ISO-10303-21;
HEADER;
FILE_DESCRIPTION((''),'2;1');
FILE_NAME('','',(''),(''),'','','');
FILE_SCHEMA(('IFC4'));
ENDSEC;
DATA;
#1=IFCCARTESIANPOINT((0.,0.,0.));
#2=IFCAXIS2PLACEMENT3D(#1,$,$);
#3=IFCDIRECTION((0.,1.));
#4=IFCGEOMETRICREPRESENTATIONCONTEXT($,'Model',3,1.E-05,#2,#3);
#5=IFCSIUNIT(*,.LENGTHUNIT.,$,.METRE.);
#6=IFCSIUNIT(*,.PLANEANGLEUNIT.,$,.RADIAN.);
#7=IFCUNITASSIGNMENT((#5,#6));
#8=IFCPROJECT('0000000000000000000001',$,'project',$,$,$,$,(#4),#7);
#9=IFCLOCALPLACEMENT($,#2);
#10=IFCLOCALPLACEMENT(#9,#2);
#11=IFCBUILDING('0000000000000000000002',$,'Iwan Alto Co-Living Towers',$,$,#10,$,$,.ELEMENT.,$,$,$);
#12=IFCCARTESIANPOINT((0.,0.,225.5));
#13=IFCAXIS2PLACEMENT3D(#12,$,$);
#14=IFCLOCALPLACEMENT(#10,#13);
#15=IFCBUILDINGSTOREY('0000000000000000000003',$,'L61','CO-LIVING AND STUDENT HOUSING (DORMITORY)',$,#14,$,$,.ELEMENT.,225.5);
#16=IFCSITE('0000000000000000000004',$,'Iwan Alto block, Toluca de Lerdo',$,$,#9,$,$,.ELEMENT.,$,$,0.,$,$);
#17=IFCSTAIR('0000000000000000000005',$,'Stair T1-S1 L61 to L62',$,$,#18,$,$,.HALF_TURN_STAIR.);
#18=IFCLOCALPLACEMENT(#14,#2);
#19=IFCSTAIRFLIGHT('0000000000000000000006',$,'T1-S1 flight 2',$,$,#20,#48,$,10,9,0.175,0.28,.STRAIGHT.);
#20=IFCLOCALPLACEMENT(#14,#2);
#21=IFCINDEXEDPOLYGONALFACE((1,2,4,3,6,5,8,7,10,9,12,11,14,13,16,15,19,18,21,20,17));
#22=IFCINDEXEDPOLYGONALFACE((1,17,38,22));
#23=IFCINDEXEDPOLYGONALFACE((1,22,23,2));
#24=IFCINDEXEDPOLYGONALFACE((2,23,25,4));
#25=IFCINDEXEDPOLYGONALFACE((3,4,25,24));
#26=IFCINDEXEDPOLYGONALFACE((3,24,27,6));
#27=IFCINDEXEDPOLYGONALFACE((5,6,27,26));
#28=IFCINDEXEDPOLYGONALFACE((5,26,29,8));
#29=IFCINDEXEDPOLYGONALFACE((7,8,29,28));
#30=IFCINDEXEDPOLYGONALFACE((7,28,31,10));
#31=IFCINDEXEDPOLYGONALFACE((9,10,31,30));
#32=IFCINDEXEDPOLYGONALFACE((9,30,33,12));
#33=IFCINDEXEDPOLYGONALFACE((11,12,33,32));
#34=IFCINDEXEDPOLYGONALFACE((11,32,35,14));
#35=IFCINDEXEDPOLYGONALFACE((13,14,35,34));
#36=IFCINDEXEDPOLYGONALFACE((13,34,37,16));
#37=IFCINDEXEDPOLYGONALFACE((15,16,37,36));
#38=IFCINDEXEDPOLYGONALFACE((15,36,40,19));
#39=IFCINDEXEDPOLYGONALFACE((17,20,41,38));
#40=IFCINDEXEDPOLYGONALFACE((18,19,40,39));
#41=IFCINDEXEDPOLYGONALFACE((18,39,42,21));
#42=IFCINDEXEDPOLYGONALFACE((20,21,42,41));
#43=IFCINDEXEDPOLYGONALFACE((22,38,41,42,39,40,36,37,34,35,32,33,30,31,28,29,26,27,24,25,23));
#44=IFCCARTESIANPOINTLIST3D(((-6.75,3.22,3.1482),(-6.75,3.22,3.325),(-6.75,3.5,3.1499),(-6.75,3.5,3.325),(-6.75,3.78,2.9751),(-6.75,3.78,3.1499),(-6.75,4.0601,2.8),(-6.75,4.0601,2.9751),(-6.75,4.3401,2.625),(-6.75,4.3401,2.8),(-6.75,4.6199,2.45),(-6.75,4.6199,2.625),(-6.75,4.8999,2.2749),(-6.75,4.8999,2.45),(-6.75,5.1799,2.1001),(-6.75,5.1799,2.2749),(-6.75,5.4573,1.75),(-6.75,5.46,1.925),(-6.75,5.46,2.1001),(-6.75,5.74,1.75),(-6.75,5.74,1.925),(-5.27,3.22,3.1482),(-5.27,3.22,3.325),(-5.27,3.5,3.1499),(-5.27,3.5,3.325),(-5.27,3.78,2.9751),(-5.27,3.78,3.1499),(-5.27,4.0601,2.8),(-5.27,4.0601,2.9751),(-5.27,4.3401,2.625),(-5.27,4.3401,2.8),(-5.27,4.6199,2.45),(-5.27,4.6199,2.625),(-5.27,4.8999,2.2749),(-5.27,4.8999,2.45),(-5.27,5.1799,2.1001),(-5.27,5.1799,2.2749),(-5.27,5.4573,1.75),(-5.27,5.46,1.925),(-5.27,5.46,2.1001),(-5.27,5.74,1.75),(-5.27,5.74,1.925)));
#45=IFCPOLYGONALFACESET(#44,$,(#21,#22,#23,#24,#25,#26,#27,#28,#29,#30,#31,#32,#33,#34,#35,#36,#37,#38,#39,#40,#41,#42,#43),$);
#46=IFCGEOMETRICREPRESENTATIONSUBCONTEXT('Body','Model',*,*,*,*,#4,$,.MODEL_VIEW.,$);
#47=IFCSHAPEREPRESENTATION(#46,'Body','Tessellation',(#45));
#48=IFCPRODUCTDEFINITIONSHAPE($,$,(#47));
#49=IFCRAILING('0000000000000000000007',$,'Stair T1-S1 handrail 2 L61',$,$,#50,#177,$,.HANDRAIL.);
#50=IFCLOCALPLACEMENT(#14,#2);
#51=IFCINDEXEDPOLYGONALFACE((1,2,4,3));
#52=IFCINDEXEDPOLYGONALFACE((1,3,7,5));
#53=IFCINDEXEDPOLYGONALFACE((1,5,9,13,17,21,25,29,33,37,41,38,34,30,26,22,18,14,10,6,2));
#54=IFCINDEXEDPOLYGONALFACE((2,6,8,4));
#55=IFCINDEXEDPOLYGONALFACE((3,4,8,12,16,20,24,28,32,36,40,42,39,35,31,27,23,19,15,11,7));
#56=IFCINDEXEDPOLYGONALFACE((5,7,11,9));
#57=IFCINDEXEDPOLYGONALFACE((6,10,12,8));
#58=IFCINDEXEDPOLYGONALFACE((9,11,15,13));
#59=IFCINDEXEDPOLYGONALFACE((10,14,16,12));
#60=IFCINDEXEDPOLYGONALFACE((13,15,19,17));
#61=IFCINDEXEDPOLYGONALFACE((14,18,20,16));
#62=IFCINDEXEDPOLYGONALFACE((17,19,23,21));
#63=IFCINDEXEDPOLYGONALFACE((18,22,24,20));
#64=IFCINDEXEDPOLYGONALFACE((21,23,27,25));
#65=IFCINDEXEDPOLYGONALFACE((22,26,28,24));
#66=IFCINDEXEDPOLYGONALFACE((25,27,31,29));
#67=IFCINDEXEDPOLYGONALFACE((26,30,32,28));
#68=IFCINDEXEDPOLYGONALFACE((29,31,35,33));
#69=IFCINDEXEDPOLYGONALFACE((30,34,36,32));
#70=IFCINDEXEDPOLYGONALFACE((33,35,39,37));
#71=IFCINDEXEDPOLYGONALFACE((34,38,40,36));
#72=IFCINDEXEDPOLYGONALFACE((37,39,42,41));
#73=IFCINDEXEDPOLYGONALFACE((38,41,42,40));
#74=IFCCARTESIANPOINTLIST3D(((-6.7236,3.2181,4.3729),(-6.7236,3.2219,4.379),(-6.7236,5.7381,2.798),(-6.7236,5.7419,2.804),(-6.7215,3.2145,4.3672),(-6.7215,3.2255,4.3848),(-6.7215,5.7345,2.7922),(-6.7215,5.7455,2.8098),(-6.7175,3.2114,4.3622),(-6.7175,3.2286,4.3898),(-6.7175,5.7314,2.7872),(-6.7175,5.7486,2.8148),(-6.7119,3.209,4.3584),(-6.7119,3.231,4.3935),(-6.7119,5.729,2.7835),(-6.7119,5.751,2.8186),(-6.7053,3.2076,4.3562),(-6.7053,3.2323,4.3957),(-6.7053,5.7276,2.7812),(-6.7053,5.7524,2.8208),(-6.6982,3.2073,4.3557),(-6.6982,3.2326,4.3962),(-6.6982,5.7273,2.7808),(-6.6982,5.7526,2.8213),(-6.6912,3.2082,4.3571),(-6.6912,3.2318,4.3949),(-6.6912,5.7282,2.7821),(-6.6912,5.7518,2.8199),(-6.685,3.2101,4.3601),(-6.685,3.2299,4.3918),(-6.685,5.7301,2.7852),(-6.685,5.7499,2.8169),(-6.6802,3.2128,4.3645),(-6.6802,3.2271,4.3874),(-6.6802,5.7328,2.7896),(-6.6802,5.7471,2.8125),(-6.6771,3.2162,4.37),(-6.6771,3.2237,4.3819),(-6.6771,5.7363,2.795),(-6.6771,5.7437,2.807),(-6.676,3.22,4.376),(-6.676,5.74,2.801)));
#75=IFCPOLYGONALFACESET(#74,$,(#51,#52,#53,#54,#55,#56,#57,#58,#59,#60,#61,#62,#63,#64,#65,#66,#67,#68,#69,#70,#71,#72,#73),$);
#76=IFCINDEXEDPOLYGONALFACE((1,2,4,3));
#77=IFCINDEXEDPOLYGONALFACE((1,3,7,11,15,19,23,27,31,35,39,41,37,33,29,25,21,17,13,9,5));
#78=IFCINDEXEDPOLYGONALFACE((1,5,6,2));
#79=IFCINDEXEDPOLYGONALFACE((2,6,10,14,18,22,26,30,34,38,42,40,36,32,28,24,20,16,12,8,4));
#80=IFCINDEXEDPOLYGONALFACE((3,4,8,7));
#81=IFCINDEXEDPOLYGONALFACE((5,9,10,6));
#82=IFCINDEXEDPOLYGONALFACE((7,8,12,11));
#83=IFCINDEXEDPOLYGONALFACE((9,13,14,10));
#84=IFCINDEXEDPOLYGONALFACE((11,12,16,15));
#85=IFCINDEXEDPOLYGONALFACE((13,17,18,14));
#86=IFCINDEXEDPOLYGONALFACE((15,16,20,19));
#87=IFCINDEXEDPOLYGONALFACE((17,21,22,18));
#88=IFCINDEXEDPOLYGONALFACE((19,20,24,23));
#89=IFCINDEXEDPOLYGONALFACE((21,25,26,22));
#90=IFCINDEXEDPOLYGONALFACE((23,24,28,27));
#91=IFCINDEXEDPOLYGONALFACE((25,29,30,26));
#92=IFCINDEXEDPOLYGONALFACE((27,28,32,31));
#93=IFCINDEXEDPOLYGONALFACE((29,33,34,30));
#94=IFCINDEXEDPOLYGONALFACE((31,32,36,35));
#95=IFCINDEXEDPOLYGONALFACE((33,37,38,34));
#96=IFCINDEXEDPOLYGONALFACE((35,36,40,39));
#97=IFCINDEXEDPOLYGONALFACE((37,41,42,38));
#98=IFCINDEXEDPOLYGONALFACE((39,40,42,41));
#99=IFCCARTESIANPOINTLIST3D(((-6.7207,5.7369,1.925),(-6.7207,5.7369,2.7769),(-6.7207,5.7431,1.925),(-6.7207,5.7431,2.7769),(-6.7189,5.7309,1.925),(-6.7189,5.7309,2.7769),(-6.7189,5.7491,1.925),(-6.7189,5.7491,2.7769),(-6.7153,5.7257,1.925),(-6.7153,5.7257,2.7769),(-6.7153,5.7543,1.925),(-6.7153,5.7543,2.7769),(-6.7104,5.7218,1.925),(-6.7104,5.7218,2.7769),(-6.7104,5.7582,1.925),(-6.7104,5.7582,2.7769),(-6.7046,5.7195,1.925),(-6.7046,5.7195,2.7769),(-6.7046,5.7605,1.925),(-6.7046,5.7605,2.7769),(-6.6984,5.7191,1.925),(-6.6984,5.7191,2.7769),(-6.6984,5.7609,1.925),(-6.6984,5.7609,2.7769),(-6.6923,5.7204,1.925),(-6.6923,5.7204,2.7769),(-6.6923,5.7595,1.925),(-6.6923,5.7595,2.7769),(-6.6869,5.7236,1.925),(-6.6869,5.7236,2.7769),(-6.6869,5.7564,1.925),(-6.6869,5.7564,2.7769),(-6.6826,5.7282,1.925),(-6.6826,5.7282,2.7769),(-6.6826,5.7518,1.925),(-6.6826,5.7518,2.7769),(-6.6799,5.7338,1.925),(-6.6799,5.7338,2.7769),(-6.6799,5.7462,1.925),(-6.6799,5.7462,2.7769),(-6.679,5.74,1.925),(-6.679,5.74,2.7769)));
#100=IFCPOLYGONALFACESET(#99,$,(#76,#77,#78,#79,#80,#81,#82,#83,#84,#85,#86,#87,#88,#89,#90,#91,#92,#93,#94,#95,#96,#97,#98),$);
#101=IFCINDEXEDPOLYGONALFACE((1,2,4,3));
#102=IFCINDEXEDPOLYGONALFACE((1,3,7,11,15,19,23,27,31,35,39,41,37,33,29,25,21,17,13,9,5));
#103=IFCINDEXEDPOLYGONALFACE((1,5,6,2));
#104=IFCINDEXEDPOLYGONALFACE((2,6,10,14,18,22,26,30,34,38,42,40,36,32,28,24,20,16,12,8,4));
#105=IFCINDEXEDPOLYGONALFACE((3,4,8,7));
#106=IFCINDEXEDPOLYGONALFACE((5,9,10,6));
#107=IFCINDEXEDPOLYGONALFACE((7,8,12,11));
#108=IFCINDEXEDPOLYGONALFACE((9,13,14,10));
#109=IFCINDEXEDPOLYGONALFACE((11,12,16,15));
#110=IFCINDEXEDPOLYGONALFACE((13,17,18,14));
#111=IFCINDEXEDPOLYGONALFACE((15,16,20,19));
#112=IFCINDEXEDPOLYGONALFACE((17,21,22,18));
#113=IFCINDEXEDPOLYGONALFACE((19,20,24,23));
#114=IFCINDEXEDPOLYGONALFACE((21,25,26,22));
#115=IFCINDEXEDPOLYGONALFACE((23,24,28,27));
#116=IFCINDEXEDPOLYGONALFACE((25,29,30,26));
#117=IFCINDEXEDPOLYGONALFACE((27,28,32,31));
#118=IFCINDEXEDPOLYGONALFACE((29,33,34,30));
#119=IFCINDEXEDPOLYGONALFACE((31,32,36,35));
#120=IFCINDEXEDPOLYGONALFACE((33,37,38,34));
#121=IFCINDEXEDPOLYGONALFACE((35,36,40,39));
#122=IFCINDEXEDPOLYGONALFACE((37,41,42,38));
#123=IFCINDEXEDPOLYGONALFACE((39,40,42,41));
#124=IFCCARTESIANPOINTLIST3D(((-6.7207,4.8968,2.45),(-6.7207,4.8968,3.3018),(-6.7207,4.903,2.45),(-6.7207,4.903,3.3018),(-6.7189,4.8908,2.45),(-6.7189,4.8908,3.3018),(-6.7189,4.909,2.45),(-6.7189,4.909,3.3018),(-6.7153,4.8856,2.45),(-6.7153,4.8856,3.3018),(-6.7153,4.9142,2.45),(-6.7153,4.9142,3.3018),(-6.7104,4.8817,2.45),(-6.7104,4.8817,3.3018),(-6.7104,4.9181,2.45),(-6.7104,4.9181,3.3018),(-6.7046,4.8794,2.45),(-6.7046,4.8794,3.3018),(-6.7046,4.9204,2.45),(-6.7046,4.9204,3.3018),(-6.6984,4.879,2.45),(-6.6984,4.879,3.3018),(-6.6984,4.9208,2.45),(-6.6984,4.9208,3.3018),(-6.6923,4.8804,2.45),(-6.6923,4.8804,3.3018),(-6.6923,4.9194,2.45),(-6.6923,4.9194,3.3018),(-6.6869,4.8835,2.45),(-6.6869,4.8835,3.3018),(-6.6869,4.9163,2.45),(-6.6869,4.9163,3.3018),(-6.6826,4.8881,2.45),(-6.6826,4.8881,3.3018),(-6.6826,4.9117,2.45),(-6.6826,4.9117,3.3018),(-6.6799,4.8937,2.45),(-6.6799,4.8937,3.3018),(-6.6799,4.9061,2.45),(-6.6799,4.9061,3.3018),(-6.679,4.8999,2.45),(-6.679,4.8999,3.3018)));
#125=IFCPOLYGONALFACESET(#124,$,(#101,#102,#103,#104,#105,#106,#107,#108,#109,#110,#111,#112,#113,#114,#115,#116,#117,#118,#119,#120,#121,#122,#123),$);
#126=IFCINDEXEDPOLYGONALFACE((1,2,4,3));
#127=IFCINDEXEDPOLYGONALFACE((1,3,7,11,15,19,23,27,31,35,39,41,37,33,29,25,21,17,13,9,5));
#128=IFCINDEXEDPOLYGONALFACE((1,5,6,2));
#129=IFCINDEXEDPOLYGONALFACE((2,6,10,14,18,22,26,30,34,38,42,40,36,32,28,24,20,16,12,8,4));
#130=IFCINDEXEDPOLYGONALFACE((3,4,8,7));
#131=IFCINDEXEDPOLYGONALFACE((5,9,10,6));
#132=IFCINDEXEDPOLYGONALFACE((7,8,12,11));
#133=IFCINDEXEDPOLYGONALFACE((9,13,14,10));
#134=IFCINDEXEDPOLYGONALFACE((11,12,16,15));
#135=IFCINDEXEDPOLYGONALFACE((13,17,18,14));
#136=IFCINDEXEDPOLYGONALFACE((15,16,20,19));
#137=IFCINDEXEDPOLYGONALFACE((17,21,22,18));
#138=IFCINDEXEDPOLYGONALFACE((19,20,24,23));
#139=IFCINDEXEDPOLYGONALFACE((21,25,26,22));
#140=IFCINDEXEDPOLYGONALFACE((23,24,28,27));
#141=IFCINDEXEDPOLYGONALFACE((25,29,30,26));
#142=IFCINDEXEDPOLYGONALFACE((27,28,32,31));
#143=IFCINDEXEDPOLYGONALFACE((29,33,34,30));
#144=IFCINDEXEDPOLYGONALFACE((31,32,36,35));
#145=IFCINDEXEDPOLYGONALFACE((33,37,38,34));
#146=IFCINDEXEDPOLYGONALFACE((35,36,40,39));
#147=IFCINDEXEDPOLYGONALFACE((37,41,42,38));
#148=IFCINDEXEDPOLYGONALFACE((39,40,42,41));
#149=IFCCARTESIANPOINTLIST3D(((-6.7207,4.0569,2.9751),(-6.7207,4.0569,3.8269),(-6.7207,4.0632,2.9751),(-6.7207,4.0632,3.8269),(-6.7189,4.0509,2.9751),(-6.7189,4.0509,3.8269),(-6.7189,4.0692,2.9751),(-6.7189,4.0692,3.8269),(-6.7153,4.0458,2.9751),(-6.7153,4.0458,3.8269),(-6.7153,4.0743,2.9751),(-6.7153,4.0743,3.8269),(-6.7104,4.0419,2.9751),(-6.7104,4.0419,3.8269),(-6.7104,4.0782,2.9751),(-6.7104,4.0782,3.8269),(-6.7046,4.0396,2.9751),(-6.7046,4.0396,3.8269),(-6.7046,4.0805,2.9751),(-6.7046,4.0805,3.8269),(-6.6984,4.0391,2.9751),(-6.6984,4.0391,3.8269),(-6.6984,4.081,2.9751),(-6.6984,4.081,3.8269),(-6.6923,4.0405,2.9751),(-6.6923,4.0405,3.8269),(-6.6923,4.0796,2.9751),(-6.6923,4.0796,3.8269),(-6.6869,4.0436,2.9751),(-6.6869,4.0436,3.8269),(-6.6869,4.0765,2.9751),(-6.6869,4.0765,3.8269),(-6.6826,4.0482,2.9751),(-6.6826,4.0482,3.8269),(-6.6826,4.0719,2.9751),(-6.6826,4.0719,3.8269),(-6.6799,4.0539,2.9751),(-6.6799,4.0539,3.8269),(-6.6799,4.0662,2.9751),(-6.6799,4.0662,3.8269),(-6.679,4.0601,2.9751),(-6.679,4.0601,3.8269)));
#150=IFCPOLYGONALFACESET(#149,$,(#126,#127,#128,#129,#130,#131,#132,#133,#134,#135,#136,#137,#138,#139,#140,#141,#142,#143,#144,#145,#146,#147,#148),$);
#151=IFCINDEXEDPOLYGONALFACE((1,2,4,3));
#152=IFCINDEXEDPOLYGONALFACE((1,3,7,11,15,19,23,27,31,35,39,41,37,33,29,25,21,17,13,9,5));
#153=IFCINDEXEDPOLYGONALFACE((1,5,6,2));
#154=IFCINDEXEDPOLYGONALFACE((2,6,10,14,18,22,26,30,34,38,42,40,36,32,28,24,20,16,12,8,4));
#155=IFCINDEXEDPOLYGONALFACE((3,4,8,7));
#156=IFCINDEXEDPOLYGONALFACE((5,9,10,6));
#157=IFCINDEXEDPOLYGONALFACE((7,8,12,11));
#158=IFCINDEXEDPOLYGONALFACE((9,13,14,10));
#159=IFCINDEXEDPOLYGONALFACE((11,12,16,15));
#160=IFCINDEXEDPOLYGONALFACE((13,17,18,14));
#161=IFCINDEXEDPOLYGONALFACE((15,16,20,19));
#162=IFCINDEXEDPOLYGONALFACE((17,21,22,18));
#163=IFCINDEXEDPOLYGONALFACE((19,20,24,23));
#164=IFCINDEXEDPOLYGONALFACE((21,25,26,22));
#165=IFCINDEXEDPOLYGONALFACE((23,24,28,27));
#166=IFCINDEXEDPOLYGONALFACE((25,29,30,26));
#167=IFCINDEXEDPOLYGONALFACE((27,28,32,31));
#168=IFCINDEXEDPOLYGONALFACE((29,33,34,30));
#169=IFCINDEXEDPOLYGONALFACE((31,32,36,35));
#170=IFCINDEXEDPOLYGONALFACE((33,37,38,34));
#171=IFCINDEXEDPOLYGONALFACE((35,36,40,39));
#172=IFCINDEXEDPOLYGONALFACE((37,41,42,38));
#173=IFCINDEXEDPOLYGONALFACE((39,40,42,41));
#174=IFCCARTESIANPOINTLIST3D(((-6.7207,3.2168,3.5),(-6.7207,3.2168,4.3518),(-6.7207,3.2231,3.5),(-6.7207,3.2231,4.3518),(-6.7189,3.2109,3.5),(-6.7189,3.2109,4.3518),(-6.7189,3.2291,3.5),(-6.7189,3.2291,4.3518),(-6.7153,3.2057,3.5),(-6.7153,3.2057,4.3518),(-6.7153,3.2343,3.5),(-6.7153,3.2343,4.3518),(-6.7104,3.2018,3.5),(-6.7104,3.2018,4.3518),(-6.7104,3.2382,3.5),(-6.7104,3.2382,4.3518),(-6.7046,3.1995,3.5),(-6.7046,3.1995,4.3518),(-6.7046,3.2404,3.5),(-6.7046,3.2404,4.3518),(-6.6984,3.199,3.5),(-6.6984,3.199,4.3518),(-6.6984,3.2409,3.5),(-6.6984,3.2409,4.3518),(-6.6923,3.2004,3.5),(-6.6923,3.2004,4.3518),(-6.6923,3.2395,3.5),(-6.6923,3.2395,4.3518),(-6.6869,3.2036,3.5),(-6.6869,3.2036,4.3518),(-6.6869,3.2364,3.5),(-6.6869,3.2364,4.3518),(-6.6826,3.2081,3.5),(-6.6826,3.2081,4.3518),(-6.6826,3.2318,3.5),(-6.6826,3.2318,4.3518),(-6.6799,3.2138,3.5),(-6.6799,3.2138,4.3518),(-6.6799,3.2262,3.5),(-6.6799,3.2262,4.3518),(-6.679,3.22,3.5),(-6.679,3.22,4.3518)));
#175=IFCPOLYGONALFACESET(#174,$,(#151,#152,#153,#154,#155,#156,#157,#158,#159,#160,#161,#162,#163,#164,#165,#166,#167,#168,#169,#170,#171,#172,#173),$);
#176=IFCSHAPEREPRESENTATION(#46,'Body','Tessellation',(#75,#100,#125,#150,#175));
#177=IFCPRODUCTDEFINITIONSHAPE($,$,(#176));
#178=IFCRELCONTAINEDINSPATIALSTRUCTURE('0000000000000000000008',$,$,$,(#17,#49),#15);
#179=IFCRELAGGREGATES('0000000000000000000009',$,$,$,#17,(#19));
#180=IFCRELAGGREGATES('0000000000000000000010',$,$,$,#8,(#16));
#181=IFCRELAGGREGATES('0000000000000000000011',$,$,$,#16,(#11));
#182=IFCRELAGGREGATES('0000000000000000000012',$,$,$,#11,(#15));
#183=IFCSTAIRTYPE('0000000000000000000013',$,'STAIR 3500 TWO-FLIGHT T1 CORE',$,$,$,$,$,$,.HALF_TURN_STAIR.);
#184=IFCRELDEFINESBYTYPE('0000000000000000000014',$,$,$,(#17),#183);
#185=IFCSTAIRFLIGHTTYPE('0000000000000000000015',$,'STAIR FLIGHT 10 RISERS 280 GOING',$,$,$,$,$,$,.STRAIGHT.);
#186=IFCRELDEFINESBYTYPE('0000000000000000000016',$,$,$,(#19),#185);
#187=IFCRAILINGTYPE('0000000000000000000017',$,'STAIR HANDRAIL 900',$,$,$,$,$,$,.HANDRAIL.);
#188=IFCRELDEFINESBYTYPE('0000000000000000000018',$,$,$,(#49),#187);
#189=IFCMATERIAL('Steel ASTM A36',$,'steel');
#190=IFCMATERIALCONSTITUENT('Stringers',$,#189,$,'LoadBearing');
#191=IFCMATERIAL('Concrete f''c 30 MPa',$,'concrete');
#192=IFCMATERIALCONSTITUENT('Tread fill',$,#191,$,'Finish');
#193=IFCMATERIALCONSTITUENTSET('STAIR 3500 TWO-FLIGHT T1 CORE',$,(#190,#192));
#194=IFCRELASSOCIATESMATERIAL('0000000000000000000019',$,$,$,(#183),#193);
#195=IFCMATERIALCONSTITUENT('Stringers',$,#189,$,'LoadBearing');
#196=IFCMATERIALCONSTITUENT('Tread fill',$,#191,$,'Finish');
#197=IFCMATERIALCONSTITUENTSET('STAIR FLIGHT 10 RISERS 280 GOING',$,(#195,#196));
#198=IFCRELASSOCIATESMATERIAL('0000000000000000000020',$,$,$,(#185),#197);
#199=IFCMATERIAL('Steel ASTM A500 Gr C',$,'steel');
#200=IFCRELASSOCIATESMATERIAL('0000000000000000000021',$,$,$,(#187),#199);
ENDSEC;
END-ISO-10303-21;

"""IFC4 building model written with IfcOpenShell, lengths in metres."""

from ifc_helpers import new_model, si_unit, direction, frame, origin, origin_2d, place, context, subcontext, project, spatial, polyline, circle, outline, extrude, material, constituent, constituent_set, type_object, element, aggregate, save


model = new_model("IFC4")

# Units and contexts
model_context = context("Model", 3, precision=1e-05, world=origin(), true_north=direction((0.0, 1.0)))
body_context = subcontext(model_context, "Body", "Model", "MODEL_VIEW")
ifc_project = project(units=[si_unit("LENGTHUNIT", "METRE"), si_unit("PLANEANGLEUNIT", "RADIAN")], contexts=[model_context])

# Site, building, storey
site_placement = place(None, origin())
site = spatial("IfcSite", under=ifc_project, at=site_placement, Name="Iwan Alto block, Toluca de Lerdo", CompositionType="ELEMENT", RefElevation=0.0)
building_placement = place(site_placement, origin())
building = spatial("IfcBuilding", under=site, at=building_placement, Name="Iwan Alto Co-Living Towers", CompositionType="ELEMENT")
storey_placement = place(building_placement, frame((0.0, 0.0, 225.5)))
storey = spatial("IfcBuildingStorey", under=building, at=storey_placement, Name="L61", Description="CO-LIVING AND STUDENT HOUSING (DORMITORY)", CompositionType="ELEMENT", Elevation=225.5)

# Stair, stair flight
ifc_material_1 = material(Name="Steel ASTM A36", Category="steel")
ifc_constituent_1 = constituent(ifc_material_1, Name="Stringers", Category="LoadBearing")
ifc_material_2 = material(Name="Concrete f'c 30 MPa", Category="concrete")
ifc_constituent_2 = constituent(ifc_material_2, Name="Tread fill", Category="Finish")
ifc_constituent_set_1 = constituent_set(constituents=[ifc_constituent_1, ifc_constituent_2], Name="STAIR 3500 TWO-FLIGHT T1 CORE")
stair_type = type_object("IfcStairType", Name="STAIR 3500 TWO-FLIGHT T1 CORE", PredefinedType="HALF_TURN_STAIR", material=ifc_constituent_set_1)
stair_placement = place(storey_placement, origin())
stair = element("IfcStair", 1, at=stair_placement, inside=storey, type_object=stair_type, Name="Stair T1-S1 L61 to L62", PredefinedType="HALF_TURN_STAIR")
ifc_constituent_3 = constituent(ifc_material_1, Name="Stringers", Category="LoadBearing")
ifc_constituent_4 = constituent(ifc_material_2, Name="Tread fill", Category="Finish")
ifc_constituent_set_2 = constituent_set(constituents=[ifc_constituent_3, ifc_constituent_4], Name="STAIR FLIGHT 10 RISERS 280 GOING")
stair_flight_type = type_object("IfcStairFlightType", Name="STAIR FLIGHT 10 RISERS 280 GOING", PredefinedType="STRAIGHT", material=ifc_constituent_set_2)
stair_flight_placement = place(storey_placement, frame((-6.01, 5.74, 1.75), z_axis=(0.0, 0.0, 1.0), x_axis=(0.0, -1.0, 0.0)))
stair_flight = element("IfcStairFlight", 2, at=stair_flight_placement, type_object=stair_flight_type, Name="T1-S1 flight 2", NumberOfRisers=10, NumberOfTreads=9, PredefinedType="STRAIGHT", RiserHeight=0.175, TreadLength=0.28, context=body_context, shape_type="SweptSolid", body=[
    extrude(outline(polyline([(0.0, 0.0), (0.0, 0.175), (0.28, 0.175), (0.28, 0.3501), (0.5601, 0.3501), (0.5601, 0.5249), (0.8401, 0.5249), (0.8401, 0.7), (1.1201, 0.7), (1.1201, 0.875), (1.3999, 0.875), (1.3999, 1.05), (1.6799, 1.05), (1.6799, 1.2251), (1.96, 1.2251), (1.96, 1.3999), (2.24, 1.3999), (2.24, 1.575), (2.52, 1.575), (2.52, 1.75), (2.52, 1.3982), (0.2827, 0.0), (0.0, 0.0)])), frame((0.0, 0.74, 0.0), z_axis=(0.0, -1.0, 0.0), x_axis=(1.0, 0.0, 0.0)), (0.0, 0.0, 1.0), 1.48),
])
aggregate(stair, [stair_flight])

# Railing
ifc_material_3 = material(Name="Steel ASTM A500 Gr C", Category="steel")
railing_type = type_object("IfcRailingType", Name="STAIR HANDRAIL 900", PredefinedType="HANDRAIL", material=ifc_material_3)
railing_placement = place(storey_placement, frame((-6.7, 5.74, 1.925)))
element("IfcRailing", 3, at=railing_placement, inside=storey, type_object=railing_type, Name="Stair T1-S1 handrail 2 L61", PredefinedType="HANDRAIL", context=body_context, shape_type="SweptSolid", body=[
    extrude(circle(Radius=0.0239, at=origin_2d()), frame((0.0, 0.0, 0.876), z_axis=(0.0, -0.848008, 0.529984), x_axis=(1.0, 0.0, 0.0)), (0.0, 0.0, 1.0), 2.9717),
    extrude(circle(Radius=0.021, at=origin_2d()), origin(), (0.0, 0.0, 1.0), 0.8518),
    extrude(circle(Radius=0.021, at=origin_2d()), frame((0.0, -0.8401, 0.5249)), (0.0, 0.0, 1.0), 0.8518),
    extrude(circle(Radius=0.021, at=origin_2d()), frame((0.0, -1.6799, 1.05)), (0.0, 0.0, 1.0), 0.8518),
    extrude(circle(Radius=0.021, at=origin_2d()), frame((0.0, -2.52, 1.575)), (0.0, 0.0, 1.0), 0.8518),
])

save(model, "model.ifc")
